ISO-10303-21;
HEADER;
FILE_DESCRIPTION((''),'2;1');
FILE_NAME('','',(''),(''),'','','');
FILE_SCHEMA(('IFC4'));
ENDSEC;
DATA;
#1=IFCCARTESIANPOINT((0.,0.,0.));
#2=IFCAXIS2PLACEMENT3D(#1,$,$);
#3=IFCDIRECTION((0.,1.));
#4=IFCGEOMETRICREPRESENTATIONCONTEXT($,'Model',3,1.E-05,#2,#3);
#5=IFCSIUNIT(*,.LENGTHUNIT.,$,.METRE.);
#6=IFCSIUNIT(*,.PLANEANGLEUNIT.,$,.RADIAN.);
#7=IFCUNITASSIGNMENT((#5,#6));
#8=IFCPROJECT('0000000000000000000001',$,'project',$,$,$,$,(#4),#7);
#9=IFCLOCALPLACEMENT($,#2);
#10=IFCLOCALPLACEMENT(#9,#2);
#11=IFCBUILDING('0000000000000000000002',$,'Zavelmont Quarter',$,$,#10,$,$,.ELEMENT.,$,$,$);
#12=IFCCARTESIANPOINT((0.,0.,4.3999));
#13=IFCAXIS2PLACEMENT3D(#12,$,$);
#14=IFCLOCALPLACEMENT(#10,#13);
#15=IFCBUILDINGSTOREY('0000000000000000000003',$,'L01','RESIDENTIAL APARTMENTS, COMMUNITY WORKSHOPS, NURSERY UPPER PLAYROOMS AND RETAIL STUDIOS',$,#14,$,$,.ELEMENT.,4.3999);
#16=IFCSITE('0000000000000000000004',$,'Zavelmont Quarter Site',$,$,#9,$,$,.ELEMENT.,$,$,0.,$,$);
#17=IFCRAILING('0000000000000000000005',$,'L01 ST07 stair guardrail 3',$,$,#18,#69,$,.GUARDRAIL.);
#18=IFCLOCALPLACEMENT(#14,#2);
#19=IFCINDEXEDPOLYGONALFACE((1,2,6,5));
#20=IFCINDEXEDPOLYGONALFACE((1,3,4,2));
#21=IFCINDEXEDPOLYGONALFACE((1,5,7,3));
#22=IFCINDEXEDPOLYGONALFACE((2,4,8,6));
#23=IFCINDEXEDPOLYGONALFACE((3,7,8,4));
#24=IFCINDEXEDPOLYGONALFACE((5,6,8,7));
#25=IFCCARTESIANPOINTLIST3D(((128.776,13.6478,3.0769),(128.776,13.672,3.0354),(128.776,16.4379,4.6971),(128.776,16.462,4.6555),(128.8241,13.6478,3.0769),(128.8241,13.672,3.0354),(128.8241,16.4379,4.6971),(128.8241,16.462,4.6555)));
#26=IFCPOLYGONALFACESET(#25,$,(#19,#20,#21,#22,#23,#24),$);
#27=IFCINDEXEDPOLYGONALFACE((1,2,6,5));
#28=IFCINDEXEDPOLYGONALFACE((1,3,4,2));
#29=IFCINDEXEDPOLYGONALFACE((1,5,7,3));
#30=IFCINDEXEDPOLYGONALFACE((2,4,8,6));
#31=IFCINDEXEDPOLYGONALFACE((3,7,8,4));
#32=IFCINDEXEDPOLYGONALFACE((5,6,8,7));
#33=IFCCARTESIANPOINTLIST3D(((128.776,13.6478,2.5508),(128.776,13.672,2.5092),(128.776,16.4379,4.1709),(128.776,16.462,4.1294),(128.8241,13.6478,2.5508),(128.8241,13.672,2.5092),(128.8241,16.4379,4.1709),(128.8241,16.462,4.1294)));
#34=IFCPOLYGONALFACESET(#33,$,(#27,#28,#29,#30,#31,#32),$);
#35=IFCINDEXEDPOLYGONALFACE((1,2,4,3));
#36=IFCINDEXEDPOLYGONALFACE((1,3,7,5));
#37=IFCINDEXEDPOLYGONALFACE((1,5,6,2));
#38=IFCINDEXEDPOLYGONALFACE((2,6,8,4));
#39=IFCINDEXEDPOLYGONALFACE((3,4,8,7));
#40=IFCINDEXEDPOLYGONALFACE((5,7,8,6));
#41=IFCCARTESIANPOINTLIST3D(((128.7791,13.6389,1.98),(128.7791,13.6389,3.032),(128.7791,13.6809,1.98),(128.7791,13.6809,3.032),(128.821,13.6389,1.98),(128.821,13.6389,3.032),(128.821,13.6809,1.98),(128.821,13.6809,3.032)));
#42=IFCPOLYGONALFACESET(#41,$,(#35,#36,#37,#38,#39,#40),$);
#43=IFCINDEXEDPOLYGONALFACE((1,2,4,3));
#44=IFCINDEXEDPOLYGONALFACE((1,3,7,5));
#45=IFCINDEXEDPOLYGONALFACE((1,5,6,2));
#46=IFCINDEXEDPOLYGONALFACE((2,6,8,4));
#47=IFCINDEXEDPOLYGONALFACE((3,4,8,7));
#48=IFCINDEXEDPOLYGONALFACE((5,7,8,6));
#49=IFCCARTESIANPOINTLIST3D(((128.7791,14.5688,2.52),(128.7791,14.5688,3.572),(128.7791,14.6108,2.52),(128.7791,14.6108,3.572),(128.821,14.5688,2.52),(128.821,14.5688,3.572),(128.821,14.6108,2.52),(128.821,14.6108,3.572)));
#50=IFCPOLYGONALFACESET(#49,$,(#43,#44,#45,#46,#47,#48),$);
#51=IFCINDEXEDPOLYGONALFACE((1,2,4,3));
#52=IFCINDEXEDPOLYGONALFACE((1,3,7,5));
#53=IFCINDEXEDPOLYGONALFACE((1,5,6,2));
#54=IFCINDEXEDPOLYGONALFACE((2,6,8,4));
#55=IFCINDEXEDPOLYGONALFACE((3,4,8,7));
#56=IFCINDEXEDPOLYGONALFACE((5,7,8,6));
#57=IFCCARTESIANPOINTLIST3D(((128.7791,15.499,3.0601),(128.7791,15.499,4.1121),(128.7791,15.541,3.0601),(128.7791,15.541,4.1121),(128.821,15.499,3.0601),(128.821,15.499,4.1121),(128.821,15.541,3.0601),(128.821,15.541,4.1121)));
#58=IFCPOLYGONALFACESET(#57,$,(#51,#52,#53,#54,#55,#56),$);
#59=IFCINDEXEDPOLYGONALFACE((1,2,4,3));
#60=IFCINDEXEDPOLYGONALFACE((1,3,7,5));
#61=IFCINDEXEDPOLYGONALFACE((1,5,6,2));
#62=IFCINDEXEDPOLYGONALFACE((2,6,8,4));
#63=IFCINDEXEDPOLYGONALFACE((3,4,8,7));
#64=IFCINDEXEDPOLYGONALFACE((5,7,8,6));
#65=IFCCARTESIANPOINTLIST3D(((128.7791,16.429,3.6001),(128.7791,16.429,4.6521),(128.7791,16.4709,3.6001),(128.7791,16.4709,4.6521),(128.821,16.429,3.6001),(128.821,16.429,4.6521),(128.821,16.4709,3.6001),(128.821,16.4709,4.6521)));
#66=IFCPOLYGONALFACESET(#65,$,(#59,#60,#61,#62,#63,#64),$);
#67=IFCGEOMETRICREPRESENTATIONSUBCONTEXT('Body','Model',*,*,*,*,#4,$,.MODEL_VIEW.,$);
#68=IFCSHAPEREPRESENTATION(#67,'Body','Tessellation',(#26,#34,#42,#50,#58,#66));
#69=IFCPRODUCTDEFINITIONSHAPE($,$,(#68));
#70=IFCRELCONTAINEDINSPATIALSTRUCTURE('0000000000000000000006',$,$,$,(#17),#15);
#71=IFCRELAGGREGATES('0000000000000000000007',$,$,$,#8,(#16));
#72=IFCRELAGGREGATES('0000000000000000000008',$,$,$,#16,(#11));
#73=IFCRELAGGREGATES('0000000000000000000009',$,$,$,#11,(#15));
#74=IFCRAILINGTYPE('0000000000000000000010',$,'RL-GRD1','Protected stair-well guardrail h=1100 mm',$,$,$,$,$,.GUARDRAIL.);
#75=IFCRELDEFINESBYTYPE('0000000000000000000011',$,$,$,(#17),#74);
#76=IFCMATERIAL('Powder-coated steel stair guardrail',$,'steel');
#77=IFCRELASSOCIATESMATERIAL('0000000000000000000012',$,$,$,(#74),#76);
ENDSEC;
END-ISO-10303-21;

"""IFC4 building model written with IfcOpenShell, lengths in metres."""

from ifc_helpers import new_model, si_unit, direction, frame, origin, origin_2d, place, context, subcontext, project, spatial, rectangle, extrude, material, type_object, element, save


model = new_model("IFC4")

# Units and contexts
model_context = context("Model", 3, precision=1e-05, world=origin(), true_north=direction((0.0, 1.0)))
body_context = subcontext(model_context, "Body", "Model", "MODEL_VIEW")
ifc_project = project(units=[si_unit("LENGTHUNIT", "METRE"), si_unit("PLANEANGLEUNIT", "RADIAN")], contexts=[model_context])

# Site, building, storey
site_placement = place(None, origin())
site = spatial("IfcSite", under=ifc_project, at=site_placement, Name="Zavelmont Quarter Site", CompositionType="ELEMENT", RefElevation=0.0)
building_placement = place(site_placement, origin())
building = spatial("IfcBuilding", under=site, at=building_placement, Name="Zavelmont Quarter", CompositionType="ELEMENT")
storey_placement = place(building_placement, frame((0.0, 0.0, 4.3999)))
storey = spatial("IfcBuildingStorey", under=building, at=storey_placement, Name="L01", Description="RESIDENTIAL APARTMENTS, COMMUNITY WORKSHOPS, NURSERY UPPER PLAYROOMS AND RETAIL STUDIOS", CompositionType="ELEMENT", Elevation=4.3999)

# Railing
ifc_material_1 = material(Name="Powder-coated steel stair guardrail", Category="steel")
railing_type = type_object("IfcRailingType", Name="RL-GRD1", Description="Protected stair-well guardrail h=1100 mm", PredefinedType="GUARDRAIL", material=ifc_material_1)
railing_1_placement = place(storey_placement, frame((128.8, 13.6599, 1.98)))
element("IfcRailing", 1, at=railing_1_placement, inside=storey, type_object=railing_type, Name="L01 ST07 stair guardrail 3", PredefinedType="GUARDRAIL", context=body_context, shape_type="SweptSolid", body=[
    extrude(rectangle(XDim=0.0481, YDim=0.0481, at=origin_2d()), frame((0.0, 0.0, 1.0762), z_axis=(0.0, 0.864776, 0.502157), x_axis=(-1.0, 0.0, 0.0)), (0.0, 0.0, 1.0), 3.2263),
    extrude(rectangle(XDim=0.0481, YDim=0.0481, at=origin_2d()), frame((0.0, 0.0, 0.55), z_axis=(0.0, 0.864776, 0.502157), x_axis=(-1.0, 0.0, 0.0)), (0.0, 0.0, 1.0), 3.2263),
    extrude(rectangle(XDim=0.042, YDim=0.042, at=origin_2d()), origin(), (0.0, 0.0, 1.0), 1.052),
    extrude(rectangle(XDim=0.042, YDim=0.042, at=origin_2d()), frame((0.0, 0.9299, 0.54)), (0.0, 0.0, 1.0), 1.052),
    extrude(rectangle(XDim=0.042, YDim=0.042, at=origin_2d()), frame((0.0, 1.8601, 1.0801)), (0.0, 0.0, 1.0), 1.052),
    extrude(rectangle(XDim=0.042, YDim=0.042, at=origin_2d()), frame((0.0, 2.79, 1.6201)), (0.0, 0.0, 1.0), 1.052),
])

save(model, "model.ifc")
